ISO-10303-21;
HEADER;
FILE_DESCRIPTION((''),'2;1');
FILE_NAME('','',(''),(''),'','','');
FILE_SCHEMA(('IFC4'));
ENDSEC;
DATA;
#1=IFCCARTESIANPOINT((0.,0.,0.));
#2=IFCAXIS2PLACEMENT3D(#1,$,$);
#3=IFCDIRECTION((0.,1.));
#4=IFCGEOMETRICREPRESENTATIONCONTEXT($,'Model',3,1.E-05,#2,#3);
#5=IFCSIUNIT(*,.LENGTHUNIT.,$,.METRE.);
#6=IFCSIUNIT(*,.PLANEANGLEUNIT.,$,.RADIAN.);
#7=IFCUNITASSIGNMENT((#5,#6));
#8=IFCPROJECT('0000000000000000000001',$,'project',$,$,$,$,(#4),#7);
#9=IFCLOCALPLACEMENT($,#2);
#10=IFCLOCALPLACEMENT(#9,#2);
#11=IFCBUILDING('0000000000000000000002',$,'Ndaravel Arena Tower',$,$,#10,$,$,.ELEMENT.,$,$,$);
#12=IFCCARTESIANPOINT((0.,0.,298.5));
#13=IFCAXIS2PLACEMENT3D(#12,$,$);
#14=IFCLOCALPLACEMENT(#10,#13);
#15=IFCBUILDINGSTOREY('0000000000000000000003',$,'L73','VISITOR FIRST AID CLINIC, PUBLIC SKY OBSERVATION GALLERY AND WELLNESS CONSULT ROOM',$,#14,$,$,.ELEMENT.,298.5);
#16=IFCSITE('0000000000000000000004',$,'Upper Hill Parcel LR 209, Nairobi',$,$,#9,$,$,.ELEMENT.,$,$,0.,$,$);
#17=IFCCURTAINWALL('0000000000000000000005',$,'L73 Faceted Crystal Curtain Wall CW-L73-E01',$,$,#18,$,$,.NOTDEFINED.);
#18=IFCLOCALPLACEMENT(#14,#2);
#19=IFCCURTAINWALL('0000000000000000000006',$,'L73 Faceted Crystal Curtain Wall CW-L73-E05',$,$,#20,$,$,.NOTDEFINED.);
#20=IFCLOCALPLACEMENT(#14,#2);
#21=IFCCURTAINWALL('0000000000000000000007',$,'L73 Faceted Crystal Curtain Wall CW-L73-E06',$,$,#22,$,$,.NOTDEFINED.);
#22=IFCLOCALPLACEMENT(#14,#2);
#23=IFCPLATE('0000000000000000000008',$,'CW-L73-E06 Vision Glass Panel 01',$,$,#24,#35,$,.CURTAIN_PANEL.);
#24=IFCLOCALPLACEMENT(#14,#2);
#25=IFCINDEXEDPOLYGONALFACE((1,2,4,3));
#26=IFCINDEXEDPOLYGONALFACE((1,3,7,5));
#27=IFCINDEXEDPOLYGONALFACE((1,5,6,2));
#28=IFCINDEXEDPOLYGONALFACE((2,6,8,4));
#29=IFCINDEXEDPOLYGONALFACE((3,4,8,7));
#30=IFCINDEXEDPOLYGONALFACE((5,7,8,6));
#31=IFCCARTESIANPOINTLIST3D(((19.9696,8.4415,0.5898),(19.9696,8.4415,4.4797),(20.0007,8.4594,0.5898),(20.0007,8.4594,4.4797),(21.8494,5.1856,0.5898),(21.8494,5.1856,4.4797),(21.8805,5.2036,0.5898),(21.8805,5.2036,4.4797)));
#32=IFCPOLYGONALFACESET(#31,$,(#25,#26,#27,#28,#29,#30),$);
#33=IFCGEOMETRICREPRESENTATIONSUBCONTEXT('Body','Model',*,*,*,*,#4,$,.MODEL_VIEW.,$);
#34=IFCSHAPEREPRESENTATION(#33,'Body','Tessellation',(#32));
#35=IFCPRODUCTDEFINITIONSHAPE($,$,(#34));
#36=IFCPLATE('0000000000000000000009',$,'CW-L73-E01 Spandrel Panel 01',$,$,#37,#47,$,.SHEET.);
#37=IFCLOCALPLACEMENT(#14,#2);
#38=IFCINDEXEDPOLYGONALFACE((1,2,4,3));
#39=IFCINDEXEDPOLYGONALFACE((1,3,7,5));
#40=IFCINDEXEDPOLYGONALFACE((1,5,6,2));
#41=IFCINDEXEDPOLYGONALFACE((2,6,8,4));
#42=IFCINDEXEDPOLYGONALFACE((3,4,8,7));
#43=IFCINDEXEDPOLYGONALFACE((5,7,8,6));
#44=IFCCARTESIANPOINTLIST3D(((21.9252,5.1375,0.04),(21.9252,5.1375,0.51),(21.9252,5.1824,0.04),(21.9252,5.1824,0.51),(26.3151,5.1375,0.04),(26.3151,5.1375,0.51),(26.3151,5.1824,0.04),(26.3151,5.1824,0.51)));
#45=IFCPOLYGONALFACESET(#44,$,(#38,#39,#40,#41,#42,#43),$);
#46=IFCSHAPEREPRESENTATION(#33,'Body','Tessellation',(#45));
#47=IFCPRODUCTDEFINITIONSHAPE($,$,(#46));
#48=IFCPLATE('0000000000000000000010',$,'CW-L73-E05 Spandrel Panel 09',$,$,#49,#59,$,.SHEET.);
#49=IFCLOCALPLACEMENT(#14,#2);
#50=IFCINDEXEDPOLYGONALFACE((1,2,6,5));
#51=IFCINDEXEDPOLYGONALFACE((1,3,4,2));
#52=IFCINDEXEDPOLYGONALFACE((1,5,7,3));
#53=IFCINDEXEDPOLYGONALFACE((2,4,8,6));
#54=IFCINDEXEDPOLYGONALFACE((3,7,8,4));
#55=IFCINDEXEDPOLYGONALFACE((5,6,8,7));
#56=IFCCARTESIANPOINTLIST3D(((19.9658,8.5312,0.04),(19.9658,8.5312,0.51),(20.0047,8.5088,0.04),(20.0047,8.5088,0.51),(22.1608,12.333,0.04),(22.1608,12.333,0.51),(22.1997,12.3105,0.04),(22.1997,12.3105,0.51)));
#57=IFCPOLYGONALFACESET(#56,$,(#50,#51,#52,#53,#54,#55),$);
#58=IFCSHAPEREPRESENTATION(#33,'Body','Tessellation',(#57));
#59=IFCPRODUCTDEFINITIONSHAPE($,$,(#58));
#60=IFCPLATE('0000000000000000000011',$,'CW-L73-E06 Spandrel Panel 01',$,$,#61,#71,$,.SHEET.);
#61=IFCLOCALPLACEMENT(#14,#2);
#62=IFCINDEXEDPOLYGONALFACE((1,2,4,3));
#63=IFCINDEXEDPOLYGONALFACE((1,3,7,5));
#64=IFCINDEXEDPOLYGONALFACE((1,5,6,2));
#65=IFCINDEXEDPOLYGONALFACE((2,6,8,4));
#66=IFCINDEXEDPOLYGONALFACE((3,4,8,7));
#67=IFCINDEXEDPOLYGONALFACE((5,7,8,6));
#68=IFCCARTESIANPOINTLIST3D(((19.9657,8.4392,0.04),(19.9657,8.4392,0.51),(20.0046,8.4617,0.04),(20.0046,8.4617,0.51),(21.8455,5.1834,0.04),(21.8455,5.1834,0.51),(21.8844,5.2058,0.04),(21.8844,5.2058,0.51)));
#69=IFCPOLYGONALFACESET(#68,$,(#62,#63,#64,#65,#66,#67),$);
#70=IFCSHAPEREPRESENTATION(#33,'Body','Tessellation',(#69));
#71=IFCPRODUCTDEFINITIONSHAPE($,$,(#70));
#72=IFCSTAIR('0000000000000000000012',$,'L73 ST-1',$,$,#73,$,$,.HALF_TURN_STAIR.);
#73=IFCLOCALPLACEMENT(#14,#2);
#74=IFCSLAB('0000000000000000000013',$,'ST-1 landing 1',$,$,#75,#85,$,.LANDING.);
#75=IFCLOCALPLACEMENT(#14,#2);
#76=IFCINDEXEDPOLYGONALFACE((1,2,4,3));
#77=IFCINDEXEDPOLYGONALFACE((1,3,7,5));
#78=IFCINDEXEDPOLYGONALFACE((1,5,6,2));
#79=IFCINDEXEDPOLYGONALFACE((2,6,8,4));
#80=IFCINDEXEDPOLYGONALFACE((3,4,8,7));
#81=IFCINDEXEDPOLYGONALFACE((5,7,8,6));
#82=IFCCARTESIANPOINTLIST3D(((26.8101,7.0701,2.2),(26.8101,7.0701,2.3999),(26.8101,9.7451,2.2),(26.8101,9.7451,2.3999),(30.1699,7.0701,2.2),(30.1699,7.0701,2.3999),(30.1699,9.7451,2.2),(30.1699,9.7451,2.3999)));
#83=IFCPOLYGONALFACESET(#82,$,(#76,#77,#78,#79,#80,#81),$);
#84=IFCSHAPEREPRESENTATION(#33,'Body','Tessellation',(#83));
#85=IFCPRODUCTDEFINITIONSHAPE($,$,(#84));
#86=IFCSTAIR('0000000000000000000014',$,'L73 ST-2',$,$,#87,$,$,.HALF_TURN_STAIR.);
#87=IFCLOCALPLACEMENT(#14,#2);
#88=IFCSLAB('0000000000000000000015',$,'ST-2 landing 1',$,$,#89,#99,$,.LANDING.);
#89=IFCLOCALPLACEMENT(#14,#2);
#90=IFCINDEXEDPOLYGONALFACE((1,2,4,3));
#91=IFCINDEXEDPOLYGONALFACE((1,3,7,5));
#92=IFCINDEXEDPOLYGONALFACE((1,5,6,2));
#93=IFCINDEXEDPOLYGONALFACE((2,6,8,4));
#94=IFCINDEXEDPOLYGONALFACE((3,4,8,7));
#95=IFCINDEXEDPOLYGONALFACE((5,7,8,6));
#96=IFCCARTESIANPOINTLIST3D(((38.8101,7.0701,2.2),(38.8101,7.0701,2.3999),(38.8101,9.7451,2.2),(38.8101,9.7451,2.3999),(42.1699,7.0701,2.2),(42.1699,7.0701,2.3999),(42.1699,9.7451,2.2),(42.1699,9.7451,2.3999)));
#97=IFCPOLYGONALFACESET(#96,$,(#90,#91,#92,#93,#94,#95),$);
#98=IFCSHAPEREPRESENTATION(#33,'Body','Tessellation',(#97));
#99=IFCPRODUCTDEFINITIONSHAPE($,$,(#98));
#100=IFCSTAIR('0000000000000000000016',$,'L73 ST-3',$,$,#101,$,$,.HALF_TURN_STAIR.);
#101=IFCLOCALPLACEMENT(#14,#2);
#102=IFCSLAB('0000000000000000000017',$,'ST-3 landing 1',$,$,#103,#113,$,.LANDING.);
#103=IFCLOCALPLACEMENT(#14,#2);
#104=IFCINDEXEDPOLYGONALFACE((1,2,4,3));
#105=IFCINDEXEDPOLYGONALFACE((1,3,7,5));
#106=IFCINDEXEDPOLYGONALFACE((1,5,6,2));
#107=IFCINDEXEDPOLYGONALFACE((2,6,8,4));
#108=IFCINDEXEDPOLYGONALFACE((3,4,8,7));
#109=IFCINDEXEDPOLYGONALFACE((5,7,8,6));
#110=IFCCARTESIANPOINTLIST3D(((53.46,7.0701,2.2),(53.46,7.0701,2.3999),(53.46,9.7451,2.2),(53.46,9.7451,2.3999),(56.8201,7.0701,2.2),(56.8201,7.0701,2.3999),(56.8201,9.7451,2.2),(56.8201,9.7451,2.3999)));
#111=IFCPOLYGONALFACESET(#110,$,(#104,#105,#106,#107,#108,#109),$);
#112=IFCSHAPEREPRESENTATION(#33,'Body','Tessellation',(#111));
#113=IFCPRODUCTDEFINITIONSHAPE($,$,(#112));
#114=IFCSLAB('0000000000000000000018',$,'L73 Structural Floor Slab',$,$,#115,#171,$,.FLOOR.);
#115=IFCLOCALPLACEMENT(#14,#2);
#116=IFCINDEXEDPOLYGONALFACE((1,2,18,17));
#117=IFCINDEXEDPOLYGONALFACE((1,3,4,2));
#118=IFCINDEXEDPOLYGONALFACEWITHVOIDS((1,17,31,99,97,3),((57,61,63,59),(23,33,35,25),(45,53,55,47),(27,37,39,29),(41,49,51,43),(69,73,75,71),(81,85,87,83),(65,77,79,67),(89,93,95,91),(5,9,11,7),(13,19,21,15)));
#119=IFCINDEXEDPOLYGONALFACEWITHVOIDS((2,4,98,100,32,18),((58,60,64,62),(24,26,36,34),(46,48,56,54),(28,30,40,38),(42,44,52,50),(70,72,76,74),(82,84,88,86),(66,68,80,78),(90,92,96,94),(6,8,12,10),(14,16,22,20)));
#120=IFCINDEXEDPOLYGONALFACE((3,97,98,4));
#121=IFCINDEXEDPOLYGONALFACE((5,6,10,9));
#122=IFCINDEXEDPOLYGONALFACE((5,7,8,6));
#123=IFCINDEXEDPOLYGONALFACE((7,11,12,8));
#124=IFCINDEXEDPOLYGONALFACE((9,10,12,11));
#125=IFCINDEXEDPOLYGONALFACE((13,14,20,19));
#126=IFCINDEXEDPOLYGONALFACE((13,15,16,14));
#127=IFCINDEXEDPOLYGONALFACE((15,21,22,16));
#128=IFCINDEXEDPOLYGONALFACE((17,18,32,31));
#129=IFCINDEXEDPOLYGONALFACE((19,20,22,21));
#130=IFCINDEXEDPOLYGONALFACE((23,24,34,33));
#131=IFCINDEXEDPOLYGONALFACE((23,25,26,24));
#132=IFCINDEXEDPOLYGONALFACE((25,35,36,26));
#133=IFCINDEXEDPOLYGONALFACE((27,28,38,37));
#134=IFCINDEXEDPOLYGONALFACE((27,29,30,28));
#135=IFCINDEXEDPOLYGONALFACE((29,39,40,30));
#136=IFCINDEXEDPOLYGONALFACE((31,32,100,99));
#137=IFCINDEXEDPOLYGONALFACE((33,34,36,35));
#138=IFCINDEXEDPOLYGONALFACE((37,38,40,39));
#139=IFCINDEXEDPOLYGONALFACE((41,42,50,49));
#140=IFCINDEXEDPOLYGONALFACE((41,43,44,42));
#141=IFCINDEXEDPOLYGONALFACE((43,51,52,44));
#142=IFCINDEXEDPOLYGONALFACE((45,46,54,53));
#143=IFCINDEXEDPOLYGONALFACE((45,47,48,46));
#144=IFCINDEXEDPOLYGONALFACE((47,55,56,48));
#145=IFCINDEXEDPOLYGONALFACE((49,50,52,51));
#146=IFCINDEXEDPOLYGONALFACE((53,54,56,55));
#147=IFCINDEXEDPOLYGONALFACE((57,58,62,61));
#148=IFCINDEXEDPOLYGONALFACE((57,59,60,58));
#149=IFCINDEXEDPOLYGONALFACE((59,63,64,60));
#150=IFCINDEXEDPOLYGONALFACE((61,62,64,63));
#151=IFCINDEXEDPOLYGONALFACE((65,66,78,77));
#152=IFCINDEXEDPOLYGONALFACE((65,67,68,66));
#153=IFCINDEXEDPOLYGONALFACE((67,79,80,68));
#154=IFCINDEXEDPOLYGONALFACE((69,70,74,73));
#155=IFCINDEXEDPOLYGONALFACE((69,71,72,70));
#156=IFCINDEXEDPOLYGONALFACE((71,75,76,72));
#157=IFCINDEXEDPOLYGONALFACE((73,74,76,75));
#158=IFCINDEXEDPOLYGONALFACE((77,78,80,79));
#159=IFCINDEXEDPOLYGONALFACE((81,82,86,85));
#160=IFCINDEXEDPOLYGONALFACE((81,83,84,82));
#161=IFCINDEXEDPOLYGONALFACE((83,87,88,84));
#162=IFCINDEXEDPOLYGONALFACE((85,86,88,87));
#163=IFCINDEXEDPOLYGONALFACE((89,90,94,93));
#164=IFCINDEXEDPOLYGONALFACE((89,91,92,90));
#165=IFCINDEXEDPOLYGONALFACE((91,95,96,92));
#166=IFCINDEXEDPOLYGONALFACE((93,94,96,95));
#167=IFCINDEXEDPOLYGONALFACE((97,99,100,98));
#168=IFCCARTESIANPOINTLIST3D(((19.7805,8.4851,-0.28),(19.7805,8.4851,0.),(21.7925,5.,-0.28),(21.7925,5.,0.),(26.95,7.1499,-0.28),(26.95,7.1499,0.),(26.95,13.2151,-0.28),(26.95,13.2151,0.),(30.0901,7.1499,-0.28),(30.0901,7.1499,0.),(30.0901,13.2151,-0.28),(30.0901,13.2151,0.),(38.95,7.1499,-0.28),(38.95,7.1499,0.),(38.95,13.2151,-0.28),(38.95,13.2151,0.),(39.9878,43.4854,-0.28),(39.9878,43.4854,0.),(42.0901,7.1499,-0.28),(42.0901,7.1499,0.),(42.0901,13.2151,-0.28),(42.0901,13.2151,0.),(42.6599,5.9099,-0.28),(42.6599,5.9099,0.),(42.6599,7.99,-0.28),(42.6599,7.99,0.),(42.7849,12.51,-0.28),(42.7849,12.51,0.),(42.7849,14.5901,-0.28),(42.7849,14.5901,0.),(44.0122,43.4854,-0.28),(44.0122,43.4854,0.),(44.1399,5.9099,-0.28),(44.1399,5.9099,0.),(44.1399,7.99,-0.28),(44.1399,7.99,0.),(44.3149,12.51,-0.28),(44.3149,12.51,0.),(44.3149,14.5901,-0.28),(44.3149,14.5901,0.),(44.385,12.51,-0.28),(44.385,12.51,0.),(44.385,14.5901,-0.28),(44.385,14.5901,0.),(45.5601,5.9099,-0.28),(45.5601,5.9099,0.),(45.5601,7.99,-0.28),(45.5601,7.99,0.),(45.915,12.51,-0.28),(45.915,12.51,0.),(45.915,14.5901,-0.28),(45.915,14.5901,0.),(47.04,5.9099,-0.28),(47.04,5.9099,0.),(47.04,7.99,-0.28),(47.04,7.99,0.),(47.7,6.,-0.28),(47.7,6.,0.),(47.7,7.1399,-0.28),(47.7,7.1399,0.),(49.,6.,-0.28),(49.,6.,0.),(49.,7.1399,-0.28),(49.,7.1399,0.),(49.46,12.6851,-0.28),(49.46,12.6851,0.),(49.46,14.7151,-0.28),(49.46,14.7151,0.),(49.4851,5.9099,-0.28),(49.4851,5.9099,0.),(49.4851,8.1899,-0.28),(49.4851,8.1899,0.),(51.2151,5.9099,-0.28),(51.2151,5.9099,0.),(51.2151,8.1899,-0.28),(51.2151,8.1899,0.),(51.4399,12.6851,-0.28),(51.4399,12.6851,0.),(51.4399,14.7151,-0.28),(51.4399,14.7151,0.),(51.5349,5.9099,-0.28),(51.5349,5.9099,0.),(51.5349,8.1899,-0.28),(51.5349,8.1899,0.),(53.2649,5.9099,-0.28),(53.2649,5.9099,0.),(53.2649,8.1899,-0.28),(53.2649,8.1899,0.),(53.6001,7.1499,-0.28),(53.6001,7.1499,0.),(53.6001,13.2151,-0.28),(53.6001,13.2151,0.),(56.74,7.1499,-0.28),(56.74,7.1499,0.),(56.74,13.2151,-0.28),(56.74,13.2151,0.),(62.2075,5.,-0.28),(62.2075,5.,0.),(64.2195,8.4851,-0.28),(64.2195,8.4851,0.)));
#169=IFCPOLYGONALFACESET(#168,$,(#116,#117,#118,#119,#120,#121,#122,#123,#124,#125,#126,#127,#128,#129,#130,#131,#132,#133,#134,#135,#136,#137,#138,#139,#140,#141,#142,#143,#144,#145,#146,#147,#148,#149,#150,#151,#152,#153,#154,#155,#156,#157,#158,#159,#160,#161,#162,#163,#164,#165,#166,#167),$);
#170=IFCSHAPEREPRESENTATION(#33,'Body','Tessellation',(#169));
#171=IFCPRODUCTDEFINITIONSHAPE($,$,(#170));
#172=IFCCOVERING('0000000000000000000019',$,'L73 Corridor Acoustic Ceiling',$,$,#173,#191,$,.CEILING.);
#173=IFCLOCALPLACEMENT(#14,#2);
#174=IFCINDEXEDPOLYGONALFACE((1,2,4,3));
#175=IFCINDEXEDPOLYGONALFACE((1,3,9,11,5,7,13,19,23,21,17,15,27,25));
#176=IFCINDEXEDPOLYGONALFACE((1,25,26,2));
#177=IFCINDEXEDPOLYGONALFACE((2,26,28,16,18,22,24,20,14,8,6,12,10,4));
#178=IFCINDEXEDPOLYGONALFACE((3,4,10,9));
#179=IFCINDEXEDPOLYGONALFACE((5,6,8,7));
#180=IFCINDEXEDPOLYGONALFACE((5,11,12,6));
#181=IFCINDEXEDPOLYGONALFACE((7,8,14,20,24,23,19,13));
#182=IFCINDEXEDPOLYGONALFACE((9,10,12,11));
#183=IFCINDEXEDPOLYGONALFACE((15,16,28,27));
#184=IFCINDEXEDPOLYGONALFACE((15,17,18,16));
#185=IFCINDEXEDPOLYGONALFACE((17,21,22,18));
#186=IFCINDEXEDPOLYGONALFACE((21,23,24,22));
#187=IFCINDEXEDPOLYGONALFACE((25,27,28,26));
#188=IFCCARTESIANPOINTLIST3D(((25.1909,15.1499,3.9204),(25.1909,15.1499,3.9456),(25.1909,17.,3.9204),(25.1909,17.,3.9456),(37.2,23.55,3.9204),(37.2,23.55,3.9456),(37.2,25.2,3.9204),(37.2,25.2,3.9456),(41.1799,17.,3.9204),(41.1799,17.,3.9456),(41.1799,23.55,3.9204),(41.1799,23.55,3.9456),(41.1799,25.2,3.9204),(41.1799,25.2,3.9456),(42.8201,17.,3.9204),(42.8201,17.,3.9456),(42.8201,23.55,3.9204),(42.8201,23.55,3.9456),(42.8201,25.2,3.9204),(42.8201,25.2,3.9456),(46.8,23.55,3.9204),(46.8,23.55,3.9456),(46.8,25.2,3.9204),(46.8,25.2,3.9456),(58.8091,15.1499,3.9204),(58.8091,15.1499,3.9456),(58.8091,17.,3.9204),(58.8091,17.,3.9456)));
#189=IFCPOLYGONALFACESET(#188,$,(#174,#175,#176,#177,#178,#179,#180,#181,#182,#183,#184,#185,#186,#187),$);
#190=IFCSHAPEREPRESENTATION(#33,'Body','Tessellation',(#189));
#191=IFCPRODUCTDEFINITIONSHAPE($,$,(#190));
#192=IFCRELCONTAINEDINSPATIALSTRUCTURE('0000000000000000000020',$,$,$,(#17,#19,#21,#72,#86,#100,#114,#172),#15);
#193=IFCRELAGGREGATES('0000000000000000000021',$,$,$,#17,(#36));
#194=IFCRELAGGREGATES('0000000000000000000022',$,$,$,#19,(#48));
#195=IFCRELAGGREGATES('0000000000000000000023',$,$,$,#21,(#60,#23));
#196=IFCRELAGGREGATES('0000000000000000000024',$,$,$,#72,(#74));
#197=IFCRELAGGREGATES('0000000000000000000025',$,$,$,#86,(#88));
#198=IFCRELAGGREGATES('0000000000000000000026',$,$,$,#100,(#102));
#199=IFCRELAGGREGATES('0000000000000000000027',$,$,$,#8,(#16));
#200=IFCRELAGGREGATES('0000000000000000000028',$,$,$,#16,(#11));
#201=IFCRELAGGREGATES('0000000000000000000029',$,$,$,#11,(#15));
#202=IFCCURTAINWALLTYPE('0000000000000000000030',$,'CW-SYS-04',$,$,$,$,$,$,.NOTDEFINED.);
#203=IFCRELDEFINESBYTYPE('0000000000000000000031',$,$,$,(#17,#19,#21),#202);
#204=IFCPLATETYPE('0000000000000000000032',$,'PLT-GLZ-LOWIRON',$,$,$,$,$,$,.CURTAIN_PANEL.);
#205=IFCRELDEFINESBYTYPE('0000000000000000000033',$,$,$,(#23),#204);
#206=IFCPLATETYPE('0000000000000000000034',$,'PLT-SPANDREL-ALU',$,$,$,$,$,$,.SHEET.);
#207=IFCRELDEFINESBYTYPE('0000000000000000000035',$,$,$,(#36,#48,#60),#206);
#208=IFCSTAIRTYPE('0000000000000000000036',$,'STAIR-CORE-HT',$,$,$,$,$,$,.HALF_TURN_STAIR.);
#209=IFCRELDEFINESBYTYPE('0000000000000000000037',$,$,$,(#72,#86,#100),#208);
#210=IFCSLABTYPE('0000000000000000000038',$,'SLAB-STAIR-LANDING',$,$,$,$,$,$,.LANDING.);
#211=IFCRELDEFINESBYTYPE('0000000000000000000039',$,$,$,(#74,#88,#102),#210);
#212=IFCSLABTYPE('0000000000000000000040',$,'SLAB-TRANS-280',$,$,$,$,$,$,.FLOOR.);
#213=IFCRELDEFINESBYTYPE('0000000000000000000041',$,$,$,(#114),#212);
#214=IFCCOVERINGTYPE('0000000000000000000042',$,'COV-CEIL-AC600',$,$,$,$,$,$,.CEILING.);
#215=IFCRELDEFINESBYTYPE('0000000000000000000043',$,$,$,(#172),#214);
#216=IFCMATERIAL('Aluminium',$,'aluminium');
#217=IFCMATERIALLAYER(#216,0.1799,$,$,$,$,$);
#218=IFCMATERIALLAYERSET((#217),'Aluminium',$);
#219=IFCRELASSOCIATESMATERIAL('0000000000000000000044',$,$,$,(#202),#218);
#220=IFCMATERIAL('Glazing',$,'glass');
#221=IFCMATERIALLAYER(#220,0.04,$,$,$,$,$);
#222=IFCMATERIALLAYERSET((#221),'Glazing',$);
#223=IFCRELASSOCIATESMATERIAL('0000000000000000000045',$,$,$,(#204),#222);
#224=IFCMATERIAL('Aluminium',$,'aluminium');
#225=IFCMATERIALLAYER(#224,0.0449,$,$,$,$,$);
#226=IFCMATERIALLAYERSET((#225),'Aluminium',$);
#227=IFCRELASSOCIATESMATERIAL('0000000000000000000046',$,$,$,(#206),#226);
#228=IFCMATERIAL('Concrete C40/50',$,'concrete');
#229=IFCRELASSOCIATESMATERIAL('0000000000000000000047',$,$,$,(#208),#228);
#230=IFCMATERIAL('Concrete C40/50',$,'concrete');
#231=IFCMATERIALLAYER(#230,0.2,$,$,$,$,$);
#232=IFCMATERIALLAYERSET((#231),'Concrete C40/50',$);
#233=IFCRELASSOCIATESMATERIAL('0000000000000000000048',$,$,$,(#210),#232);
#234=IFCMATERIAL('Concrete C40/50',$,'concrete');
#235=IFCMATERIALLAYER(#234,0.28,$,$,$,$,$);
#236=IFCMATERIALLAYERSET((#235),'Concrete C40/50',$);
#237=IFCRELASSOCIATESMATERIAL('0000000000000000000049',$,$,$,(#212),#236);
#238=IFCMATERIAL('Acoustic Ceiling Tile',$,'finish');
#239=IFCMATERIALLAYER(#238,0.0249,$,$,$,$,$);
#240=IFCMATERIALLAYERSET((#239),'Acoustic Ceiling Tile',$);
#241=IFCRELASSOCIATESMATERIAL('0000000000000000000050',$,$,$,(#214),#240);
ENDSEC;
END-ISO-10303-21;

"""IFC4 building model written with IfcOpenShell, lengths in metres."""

from ifc_helpers import new_model, si_unit, direction, frame, origin, origin_2d, place, context, subcontext, project, spatial, polyline, rectangle, outline, extrude, material, layer, layer_set, type_object, element, aggregate, save


model = new_model("IFC4")

# Units and contexts
model_context = context("Model", 3, precision=1e-05, world=origin(), true_north=direction((0.0, 1.0)))
body_context = subcontext(model_context, "Body", "Model", "MODEL_VIEW")
ifc_project = project(units=[si_unit("LENGTHUNIT", "METRE"), si_unit("PLANEANGLEUNIT", "RADIAN")], contexts=[model_context])

# Site, building, storey
site_placement = place(None, origin())
site = spatial("IfcSite", under=ifc_project, at=site_placement, Name="Upper Hill Parcel LR 209, Nairobi", CompositionType="ELEMENT", RefElevation=0.0)
building_placement = place(site_placement, origin())
building = spatial("IfcBuilding", under=site, at=building_placement, Name="Ndaravel Arena Tower", CompositionType="ELEMENT")
storey_placement = place(building_placement, frame((0.0, 0.0, 298.5)))
storey = spatial("IfcBuildingStorey", under=building, at=storey_placement, Name="L73", Description="VISITOR FIRST AID CLINIC, PUBLIC SKY OBSERVATION GALLERY AND WELLNESS CONSULT ROOM", CompositionType="ELEMENT", Elevation=298.5)

# Curtain wall
ifc_material_1 = material(Name="Aluminium", Category="aluminium")
ifc_layer_1 = layer(ifc_material_1, 0.1799)
ifc_layer_set_1 = layer_set([ifc_layer_1], Name="Aluminium")
curtain_wall_type = type_object("IfcCurtainWallType", Name="CW-SYS-04", PredefinedType="NOTDEFINED", material=ifc_layer_set_1)
curtain_wall_1_placement = place(storey_placement, origin())
curtain_wall_1 = element("IfcCurtainWall", 1, at=curtain_wall_1_placement, inside=storey, type_object=curtain_wall_type, Name="L73 Faceted Crystal Curtain Wall CW-L73-E01", PredefinedType="NOTDEFINED")

# Curtain walls
curtain_wall_2_placement = place(storey_placement, origin())
curtain_wall_2 = element("IfcCurtainWall", 2, at=curtain_wall_2_placement, inside=storey, type_object=curtain_wall_type, Name="L73 Faceted Crystal Curtain Wall CW-L73-E05", PredefinedType="NOTDEFINED")
curtain_wall_3_placement = place(storey_placement, origin())
curtain_wall_3 = element("IfcCurtainWall", 3, at=curtain_wall_3_placement, inside=storey, type_object=curtain_wall_type, Name="L73 Faceted Crystal Curtain Wall CW-L73-E06", PredefinedType="NOTDEFINED")

# Plates
ifc_material_2 = material(Name="Glazing", Category="glass")
ifc_layer_2 = layer(ifc_material_2, 0.04)
ifc_layer_set_2 = layer_set([ifc_layer_2], Name="Glazing")
plate_type_1 = type_object("IfcPlateType", Name="PLT-GLZ-LOWIRON", PredefinedType="CURTAIN_PANEL", material=ifc_layer_set_2)
plate_1_placement = place(storey_placement, frame((20.925, 6.8225, 0.5898), z_axis=(0.0, 0.0, 1.0), x_axis=(0.5, -0.866025, 0.0)))
plate_1 = element("IfcPlate", 4, at=plate_1_placement, type_object=plate_type_1, Name="CW-L73-E06 Vision Glass Panel 01", PredefinedType="CURTAIN_PANEL", context=body_context, shape_type="SweptSolid", body=[
    extrude(rectangle(XDim=3.7595, YDim=0.0359, at=origin_2d()), origin(), (0.0, 0.0, 1.0), 3.8899),
])
ifc_material_3 = material(Name="Aluminium", Category="aluminium")
ifc_layer_3 = layer(ifc_material_3, 0.0449)
ifc_layer_set_3 = layer_set([ifc_layer_3], Name="Aluminium")
plate_type_2 = type_object("IfcPlateType", Name="PLT-SPANDREL-ALU", PredefinedType="SHEET", material=ifc_layer_set_3)
plate_2_placement = place(storey_placement, frame((24.1201, 5.1599, 0.04), z_axis=(0.0, 0.0, 1.0), x_axis=(1.0, 0.0, 0.0)))
plate_2 = element("IfcPlate", 5, at=plate_2_placement, type_object=plate_type_2, Name="CW-L73-E01 Spandrel Panel 01", PredefinedType="SHEET", context=body_context, shape_type="SweptSolid", body=[
    extrude(rectangle(XDim=4.3899, YDim=0.0449, at=origin_2d()), origin(), (0.0, 0.0, 1.0), 0.47),
])
aggregate(curtain_wall_1, [plate_2])
plate_3_placement = place(storey_placement, frame((21.0828, 10.4209, 0.04), z_axis=(0.0, 0.0, 1.0), x_axis=(-0.5, -0.866025, 0.0)))
plate_3 = element("IfcPlate", 6, at=plate_3_placement, type_object=plate_type_2, Name="CW-L73-E05 Spandrel Panel 09", PredefinedType="SHEET", context=body_context, shape_type="SweptSolid", body=[
    extrude(rectangle(XDim=4.3899, YDim=0.0449, at=origin_2d()), origin(), (0.0, 0.0, 1.0), 0.47),
])
aggregate(curtain_wall_2, [plate_3])
plate_4_placement = place(storey_placement, frame((20.925, 6.8225, 0.04), z_axis=(0.0, 0.0, 1.0), x_axis=(0.5, -0.866025, 0.0)))
plate_4 = element("IfcPlate", 7, at=plate_4_placement, type_object=plate_type_2, Name="CW-L73-E06 Spandrel Panel 01", PredefinedType="SHEET", context=body_context, shape_type="SweptSolid", body=[
    extrude(rectangle(XDim=3.7595, YDim=0.0449, at=origin_2d()), origin(), (0.0, 0.0, 1.0), 0.47),
])
aggregate(curtain_wall_3, [plate_4, plate_1])

# Stairs, slabs
ifc_material_4 = material(Name="Concrete C40/50", Category="concrete")
stair_type = type_object("IfcStairType", Name="STAIR-CORE-HT", PredefinedType="HALF_TURN_STAIR", material=ifc_material_4)
stair_1_placement = place(storey_placement, origin())
stair_1 = element("IfcStair", 8, at=stair_1_placement, inside=storey, type_object=stair_type, Name="L73 ST-1", PredefinedType="HALF_TURN_STAIR")
ifc_material_5 = material(Name="Concrete C40/50", Category="concrete")
ifc_layer_4 = layer(ifc_material_5, 0.2)
ifc_layer_set_4 = layer_set([ifc_layer_4], Name="Concrete C40/50")
slab_type_1 = type_object("IfcSlabType", Name="SLAB-STAIR-LANDING", PredefinedType="LANDING", material=ifc_layer_set_4)
slab_1_placement = place(storey_placement, frame((0.0, 0.0, 2.2)))
slab_1 = element("IfcSlab", 9, at=slab_1_placement, type_object=slab_type_1, Name="ST-1 landing 1", PredefinedType="LANDING", context=body_context, shape_type="SweptSolid", body=[
    extrude(outline(polyline([(26.8101, 9.7451), (26.8101, 7.0701), (30.1699, 7.0701), (30.1699, 9.7451), (26.8101, 9.7451)])), origin(), (0.0, 0.0, 1.0), 0.2),
])
aggregate(stair_1, [slab_1])
stair_2_placement = place(storey_placement, origin())
stair_2 = element("IfcStair", 10, at=stair_2_placement, inside=storey, type_object=stair_type, Name="L73 ST-2", PredefinedType="HALF_TURN_STAIR")
slab_2_placement = place(storey_placement, frame((0.0, 0.0, 2.2)))
slab_2 = element("IfcSlab", 11, at=slab_2_placement, type_object=slab_type_1, Name="ST-2 landing 1", PredefinedType="LANDING", context=body_context, shape_type="SweptSolid", body=[
    extrude(outline(polyline([(38.8101, 9.7451), (38.8101, 7.0701), (42.1699, 7.0701), (42.1699, 9.7451), (38.8101, 9.7451)])), origin(), (0.0, 0.0, 1.0), 0.2),
])
aggregate(stair_2, [slab_2])
stair_3_placement = place(storey_placement, origin())
stair_3 = element("IfcStair", 12, at=stair_3_placement, inside=storey, type_object=stair_type, Name="L73 ST-3", PredefinedType="HALF_TURN_STAIR")
slab_3_placement = place(storey_placement, frame((0.0, 0.0, 2.2)))
slab_3 = element("IfcSlab", 13, at=slab_3_placement, type_object=slab_type_1, Name="ST-3 landing 1", PredefinedType="LANDING", context=body_context, shape_type="SweptSolid", body=[
    extrude(outline(polyline([(53.46, 9.7451), (53.46, 7.0701), (56.8201, 7.0701), (56.8201, 9.7451), (53.46, 9.7451)])), origin(), (0.0, 0.0, 1.0), 0.2),
])
aggregate(stair_3, [slab_3])

# Slab
ifc_material_6 = material(Name="Concrete C40/50", Category="concrete")
ifc_layer_5 = layer(ifc_material_6, 0.28)
ifc_layer_set_5 = layer_set([ifc_layer_5], Name="Concrete C40/50")
slab_type_2 = type_object("IfcSlabType", Name="SLAB-TRANS-280", PredefinedType="FLOOR", material=ifc_layer_set_5)
slab_4_placement = place(storey_placement, frame((0.0, 0.0, -0.28)))
element("IfcSlab", 14, at=slab_4_placement, inside=storey, type_object=slab_type_2, Name="L73 Structural Floor Slab", PredefinedType="FLOOR", context=body_context, shape_type="SweptSolid", body=[
    extrude(outline(polyline([(19.7805, 8.4851), (21.7925, 5.0), (62.2075, 5.0), (64.2195, 8.4851), (44.0122, 43.4854), (39.9878, 43.4854), (19.7805, 8.4851)]), holes=[polyline([(26.95, 13.2151), (26.95, 7.1499), (30.0901, 7.1499), (30.0901, 13.2151), (26.95, 13.2151)]), polyline([(38.95, 13.2151), (38.95, 7.1499), (42.0901, 7.1499), (42.0901, 13.2151), (38.95, 13.2151)]), polyline([(53.6001, 13.2151), (53.6001, 7.1499), (56.74, 7.1499), (56.74, 13.2151), (53.6001, 13.2151)]), polyline([(42.6599, 5.9099), (44.1399, 5.9099), (44.1399, 7.99), (42.6599, 7.99), (42.6599, 5.9099)]), polyline([(45.5601, 5.9099), (47.04, 5.9099), (47.04, 7.99), (45.5601, 7.99), (45.5601, 5.9099)]), polyline([(42.7849, 12.51), (44.3149, 12.51), (44.3149, 14.5901), (42.7849, 14.5901), (42.7849, 12.51)]), polyline([(44.385, 12.51), (45.915, 12.51), (45.915, 14.5901), (44.385, 14.5901), (44.385, 12.51)]), polyline([(49.4851, 5.9099), (51.2151, 5.9099), (51.2151, 8.1899), (49.4851, 8.1899), (49.4851, 5.9099)]), polyline([(51.5349, 5.9099), (53.2649, 5.9099), (53.2649, 8.1899), (51.5349, 8.1899), (51.5349, 5.9099)]), polyline([(49.46, 12.6851), (51.4399, 12.6851), (51.4399, 14.7151), (49.46, 14.7151), (49.46, 12.6851)]), polyline([(47.7, 6.0), (49.0, 6.0), (49.0, 7.1399), (47.7, 7.1399), (47.7, 6.0)])]), origin(), (0.0, 0.0, 1.0), 0.28),
])

# Covering
ifc_material_7 = material(Name="Acoustic Ceiling Tile", Category="finish")
ifc_layer_6 = layer(ifc_material_7, 0.0249)
ifc_layer_set_6 = layer_set([ifc_layer_6], Name="Acoustic Ceiling Tile")
covering_type_1 = type_object("IfcCoveringType", Name="COV-CEIL-AC600", PredefinedType="CEILING", material=ifc_layer_set_6)
covering_1_placement = place(storey_placement, frame((0.0, 0.0, 3.9204)))
element("IfcCovering", 15, at=covering_1_placement, inside=storey, type_object=covering_type_1, Name="L73 Corridor Acoustic Ceiling", PredefinedType="CEILING", context=body_context, shape_type="SweptSolid", body=[
    extrude(outline(polyline([(58.8091, 17.0), (42.8201, 17.0), (42.8201, 23.55), (46.8, 23.55), (46.8, 25.2), (42.8201, 25.2), (41.1799, 25.2), (37.2, 25.2), (37.2, 23.55), (41.1799, 23.55), (41.1799, 17.0), (25.1909, 17.0), (25.1909, 15.1499), (58.8091, 15.1499), (58.8091, 17.0)])), origin(), (0.0, 0.0, 1.0), 0.0251),
])

save(model, "model.ifc")
